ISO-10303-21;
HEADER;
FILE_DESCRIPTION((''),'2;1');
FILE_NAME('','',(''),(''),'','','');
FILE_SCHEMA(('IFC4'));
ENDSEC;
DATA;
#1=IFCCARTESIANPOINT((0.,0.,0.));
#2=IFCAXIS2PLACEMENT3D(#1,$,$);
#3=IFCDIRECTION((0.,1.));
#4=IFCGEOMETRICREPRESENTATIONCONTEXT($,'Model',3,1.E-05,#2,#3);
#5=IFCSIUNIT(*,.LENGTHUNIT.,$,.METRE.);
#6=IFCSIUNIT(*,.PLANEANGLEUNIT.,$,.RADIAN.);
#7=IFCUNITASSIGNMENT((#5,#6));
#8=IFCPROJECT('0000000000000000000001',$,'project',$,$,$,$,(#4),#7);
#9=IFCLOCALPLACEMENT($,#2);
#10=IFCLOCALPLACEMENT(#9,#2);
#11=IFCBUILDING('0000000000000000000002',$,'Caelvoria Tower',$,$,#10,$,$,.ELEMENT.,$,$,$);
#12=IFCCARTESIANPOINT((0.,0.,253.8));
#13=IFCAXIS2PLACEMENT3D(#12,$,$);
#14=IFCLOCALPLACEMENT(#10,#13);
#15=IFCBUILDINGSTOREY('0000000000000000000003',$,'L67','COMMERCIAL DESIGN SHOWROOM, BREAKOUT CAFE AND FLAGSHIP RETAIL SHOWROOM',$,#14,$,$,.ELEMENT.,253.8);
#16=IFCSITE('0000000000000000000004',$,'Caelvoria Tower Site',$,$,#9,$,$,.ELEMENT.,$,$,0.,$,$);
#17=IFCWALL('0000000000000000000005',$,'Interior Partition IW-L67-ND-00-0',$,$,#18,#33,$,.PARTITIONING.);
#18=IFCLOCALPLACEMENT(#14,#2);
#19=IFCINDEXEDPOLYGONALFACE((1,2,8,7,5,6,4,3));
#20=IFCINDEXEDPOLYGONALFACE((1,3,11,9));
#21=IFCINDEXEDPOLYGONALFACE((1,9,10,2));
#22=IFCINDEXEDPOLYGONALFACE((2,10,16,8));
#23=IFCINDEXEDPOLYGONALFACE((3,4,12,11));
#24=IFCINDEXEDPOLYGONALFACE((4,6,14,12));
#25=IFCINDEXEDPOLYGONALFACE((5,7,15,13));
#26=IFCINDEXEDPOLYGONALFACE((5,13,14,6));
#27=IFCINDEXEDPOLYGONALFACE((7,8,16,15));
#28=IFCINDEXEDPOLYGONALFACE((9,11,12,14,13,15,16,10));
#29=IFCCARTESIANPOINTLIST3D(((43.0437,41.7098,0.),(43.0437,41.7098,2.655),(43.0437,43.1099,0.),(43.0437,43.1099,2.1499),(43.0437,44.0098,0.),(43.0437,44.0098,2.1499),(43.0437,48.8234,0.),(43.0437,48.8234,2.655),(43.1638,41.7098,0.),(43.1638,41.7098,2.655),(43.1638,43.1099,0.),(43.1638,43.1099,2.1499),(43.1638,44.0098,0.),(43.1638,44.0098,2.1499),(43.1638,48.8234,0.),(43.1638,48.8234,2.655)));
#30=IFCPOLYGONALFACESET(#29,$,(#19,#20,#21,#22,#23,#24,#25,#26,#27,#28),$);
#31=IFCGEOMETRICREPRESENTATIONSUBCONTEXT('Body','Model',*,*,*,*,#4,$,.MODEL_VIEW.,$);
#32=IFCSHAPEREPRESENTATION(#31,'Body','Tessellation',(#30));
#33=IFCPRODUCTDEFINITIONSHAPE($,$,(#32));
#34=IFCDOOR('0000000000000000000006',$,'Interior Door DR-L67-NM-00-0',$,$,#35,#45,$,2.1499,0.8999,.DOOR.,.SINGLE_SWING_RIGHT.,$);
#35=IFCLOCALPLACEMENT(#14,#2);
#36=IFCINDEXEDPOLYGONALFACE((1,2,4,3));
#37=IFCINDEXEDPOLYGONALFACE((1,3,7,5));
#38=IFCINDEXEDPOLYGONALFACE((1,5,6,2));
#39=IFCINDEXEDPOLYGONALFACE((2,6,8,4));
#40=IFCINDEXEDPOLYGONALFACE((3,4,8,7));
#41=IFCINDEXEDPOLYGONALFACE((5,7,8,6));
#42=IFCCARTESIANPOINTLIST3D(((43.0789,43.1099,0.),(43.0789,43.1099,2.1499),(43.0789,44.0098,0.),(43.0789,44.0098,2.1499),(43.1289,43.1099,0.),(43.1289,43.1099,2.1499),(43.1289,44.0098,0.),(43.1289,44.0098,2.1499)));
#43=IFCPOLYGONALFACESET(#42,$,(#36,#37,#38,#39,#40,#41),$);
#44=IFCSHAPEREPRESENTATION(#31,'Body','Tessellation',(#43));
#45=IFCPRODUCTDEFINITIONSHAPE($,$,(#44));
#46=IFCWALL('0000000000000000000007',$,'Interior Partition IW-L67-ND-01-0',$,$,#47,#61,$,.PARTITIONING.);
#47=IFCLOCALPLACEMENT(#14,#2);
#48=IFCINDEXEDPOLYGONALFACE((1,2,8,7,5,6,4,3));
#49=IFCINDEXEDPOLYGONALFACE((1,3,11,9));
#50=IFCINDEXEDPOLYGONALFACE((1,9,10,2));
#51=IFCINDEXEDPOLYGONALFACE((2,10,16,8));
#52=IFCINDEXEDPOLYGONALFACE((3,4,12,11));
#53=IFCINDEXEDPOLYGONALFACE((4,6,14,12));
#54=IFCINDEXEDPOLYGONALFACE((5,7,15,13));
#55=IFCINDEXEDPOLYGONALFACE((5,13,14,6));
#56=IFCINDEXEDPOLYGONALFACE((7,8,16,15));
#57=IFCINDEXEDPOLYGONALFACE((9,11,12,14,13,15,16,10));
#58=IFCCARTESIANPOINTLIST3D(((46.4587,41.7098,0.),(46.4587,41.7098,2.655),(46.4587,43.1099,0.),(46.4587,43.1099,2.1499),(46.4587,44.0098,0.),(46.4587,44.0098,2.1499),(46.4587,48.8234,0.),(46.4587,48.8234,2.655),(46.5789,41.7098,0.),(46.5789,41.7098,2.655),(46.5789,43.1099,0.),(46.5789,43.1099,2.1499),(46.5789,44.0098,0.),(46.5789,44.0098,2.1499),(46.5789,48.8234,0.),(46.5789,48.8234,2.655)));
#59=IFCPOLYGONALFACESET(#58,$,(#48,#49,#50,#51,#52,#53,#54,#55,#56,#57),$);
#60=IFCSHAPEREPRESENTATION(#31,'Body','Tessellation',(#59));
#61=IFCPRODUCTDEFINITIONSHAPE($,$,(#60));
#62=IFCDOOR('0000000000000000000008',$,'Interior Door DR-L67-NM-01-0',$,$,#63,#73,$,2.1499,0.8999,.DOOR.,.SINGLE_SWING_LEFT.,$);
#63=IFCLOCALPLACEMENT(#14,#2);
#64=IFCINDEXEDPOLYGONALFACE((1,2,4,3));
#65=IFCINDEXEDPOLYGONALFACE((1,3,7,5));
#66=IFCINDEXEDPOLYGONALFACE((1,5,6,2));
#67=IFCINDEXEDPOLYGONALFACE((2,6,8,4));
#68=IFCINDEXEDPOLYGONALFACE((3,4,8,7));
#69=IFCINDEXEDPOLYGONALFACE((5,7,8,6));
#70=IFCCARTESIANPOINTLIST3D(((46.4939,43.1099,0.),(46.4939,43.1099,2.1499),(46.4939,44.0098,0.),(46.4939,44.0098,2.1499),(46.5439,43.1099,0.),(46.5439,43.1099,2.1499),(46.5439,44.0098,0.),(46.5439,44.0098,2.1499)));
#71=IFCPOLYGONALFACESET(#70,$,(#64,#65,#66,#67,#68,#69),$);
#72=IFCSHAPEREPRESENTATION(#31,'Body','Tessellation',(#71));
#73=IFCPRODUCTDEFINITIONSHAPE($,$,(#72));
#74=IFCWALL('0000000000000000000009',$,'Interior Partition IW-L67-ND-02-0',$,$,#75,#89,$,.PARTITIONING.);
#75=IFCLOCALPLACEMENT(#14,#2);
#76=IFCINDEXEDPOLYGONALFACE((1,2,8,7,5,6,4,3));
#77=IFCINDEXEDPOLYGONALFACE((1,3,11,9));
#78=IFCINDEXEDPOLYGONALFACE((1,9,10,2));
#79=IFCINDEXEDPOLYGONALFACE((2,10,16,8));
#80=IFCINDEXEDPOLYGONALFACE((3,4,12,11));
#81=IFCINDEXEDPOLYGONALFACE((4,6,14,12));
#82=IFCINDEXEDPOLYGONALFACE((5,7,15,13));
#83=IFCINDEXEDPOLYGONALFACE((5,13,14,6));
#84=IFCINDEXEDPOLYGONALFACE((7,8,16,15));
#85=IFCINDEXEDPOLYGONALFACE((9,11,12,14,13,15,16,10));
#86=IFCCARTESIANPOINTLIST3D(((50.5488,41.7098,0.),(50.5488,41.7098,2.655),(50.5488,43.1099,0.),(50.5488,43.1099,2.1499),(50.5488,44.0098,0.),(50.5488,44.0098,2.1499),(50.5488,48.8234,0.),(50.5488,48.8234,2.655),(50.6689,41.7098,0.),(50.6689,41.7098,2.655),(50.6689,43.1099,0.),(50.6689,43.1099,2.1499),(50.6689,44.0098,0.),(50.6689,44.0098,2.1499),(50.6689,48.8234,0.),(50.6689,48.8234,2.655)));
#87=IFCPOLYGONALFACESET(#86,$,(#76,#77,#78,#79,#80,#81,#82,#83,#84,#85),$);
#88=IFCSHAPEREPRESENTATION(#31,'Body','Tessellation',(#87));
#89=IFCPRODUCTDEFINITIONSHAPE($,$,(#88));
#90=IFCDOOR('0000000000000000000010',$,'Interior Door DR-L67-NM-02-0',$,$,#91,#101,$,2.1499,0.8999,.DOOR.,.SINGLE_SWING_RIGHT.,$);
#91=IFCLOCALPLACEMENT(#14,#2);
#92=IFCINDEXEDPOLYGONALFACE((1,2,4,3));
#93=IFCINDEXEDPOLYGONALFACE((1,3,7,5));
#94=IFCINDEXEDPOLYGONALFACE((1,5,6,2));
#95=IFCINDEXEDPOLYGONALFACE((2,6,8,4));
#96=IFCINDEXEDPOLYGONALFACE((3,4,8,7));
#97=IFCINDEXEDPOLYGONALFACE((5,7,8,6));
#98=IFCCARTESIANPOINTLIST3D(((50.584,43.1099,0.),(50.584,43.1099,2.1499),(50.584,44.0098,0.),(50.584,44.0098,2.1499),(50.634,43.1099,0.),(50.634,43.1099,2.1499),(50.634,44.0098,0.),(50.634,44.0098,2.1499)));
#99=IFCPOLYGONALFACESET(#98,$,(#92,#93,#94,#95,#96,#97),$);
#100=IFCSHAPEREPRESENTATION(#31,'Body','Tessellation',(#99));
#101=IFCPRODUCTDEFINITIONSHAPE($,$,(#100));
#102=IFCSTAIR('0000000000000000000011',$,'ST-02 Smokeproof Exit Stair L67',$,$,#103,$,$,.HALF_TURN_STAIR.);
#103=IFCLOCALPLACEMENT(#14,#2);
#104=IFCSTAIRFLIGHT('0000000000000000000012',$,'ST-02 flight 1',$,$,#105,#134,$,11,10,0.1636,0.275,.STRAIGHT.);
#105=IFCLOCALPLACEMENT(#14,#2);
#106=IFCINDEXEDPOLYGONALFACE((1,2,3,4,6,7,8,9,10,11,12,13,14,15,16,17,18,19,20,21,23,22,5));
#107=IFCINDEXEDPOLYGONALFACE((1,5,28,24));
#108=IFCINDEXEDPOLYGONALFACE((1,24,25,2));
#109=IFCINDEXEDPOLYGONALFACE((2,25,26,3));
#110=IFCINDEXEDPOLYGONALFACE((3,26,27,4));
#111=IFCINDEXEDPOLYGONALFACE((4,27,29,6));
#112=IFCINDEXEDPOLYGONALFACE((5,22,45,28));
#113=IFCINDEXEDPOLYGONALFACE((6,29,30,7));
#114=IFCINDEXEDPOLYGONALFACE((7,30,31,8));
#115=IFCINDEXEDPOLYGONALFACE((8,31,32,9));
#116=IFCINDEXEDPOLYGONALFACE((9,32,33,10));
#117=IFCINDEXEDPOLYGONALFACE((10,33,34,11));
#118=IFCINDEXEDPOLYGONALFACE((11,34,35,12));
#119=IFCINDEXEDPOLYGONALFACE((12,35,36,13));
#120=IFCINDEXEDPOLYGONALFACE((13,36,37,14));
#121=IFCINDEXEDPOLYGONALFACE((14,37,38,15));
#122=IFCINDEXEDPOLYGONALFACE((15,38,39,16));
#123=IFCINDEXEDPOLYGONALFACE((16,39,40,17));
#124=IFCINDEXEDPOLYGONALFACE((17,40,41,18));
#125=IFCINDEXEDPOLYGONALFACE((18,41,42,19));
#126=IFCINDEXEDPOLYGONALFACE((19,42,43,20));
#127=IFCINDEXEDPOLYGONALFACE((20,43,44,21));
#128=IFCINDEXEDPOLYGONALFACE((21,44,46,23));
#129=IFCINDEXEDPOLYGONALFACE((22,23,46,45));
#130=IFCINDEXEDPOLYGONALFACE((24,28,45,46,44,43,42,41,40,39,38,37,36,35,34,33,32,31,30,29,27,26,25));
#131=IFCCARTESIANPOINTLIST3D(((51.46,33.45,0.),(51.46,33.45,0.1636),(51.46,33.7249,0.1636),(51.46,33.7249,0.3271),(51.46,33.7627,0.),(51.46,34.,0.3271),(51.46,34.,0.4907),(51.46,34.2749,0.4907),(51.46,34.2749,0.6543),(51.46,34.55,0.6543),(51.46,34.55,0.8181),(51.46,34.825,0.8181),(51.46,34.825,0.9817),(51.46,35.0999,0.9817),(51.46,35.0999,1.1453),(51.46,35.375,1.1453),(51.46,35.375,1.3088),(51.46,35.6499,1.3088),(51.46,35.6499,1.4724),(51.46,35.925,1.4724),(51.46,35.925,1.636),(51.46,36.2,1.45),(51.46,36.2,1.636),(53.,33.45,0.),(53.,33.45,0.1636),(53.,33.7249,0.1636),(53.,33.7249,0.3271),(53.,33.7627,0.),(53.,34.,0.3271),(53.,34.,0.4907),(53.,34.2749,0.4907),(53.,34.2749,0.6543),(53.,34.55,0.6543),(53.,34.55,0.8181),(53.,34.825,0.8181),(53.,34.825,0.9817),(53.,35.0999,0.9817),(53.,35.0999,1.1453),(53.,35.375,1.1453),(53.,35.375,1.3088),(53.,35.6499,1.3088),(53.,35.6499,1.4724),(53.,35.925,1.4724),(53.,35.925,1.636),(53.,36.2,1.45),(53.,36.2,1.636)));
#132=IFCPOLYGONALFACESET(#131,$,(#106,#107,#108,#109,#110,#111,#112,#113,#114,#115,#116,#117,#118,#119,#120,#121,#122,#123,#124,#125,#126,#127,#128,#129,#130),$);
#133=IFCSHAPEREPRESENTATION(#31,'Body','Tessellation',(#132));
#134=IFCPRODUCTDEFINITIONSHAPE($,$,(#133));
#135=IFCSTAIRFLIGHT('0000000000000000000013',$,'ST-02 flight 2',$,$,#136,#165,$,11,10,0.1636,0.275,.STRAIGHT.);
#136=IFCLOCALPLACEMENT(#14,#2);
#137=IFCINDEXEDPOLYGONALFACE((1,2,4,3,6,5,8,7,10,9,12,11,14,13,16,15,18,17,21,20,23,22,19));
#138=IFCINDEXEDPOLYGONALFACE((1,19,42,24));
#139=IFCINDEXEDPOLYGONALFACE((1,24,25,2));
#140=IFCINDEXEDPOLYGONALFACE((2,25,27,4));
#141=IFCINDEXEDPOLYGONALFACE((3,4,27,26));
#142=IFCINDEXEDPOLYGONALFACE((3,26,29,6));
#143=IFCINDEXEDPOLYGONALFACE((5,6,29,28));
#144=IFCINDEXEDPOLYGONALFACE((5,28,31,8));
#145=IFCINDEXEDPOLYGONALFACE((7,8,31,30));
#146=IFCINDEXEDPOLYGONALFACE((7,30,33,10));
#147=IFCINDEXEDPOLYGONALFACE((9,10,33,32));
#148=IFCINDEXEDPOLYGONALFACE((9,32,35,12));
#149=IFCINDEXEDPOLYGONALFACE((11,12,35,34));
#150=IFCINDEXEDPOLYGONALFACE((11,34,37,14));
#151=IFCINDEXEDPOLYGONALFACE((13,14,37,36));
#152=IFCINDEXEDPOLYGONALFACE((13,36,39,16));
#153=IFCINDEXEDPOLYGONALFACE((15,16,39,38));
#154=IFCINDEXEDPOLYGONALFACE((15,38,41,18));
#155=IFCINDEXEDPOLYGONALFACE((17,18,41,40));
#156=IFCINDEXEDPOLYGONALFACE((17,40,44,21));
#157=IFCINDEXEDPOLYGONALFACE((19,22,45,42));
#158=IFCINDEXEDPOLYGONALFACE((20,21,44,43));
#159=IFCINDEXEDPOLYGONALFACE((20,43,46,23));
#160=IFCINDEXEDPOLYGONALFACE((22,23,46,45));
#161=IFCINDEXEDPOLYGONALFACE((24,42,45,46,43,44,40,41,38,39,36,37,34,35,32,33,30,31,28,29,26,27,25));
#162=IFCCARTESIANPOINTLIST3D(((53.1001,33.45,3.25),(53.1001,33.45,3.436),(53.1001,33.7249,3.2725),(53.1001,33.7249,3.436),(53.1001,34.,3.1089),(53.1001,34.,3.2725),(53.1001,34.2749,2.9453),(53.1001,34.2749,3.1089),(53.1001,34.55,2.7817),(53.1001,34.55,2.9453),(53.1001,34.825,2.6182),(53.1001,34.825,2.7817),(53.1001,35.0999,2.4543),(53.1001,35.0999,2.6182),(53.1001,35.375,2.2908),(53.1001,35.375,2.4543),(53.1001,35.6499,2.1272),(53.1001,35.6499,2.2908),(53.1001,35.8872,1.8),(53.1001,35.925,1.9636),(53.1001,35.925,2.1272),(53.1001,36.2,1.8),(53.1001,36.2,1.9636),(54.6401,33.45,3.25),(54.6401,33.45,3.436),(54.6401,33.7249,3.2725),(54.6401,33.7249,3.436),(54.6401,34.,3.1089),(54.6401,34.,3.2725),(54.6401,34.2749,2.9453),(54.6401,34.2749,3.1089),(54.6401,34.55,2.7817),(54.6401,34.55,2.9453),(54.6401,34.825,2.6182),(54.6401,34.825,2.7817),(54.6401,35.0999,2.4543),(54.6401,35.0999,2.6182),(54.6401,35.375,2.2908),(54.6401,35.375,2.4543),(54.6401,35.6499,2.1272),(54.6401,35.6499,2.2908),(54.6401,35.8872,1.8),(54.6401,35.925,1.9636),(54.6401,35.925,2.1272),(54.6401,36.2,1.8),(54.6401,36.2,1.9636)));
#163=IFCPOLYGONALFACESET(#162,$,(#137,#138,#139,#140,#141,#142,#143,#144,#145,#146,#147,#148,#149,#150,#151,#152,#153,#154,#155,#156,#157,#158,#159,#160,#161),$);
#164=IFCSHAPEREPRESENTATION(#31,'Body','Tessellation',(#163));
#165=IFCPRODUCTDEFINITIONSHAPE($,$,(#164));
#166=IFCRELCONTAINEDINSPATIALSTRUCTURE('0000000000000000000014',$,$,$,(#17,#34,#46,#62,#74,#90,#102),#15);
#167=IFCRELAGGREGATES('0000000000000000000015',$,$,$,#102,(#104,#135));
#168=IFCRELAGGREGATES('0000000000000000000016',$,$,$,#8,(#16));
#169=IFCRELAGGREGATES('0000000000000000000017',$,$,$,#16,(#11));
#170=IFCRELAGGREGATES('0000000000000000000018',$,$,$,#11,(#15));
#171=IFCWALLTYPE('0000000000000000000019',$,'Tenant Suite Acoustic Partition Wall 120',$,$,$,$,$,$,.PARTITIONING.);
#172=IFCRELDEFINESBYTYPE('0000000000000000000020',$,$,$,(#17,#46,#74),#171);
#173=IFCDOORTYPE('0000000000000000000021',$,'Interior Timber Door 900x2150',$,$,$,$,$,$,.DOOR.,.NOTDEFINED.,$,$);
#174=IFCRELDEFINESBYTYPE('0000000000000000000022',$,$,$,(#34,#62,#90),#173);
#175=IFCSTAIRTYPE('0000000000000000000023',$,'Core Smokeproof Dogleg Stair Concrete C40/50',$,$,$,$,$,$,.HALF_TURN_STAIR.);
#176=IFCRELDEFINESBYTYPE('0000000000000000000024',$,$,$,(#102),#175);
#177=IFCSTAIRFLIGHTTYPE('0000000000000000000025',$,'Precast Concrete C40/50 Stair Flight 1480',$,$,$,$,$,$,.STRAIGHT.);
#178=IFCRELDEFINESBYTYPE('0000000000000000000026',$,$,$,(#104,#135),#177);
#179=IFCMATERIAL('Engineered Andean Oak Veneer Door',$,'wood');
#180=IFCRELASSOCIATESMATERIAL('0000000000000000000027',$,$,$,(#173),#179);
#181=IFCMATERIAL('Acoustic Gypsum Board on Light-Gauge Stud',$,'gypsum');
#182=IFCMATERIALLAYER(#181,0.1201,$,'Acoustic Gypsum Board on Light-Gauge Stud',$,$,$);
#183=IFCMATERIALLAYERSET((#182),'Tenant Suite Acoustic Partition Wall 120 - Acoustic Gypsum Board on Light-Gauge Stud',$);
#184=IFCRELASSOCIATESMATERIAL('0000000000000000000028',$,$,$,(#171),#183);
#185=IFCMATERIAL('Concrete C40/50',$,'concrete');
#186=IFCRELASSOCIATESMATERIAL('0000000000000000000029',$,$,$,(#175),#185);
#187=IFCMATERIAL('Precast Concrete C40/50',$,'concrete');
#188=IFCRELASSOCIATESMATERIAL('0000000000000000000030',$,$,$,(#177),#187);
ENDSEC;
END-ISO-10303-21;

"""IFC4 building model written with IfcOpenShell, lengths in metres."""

from ifc_helpers import new_model, si_unit, direction, frame, frame_2d, origin, place, context, subcontext, project, spatial, polyline, rectangle, outline, extrude, material, layer, layer_set, type_object, element, fill, aggregate, save


model = new_model("IFC4")

# Units and contexts
model_context = context("Model", 3, precision=1e-05, world=origin(), true_north=direction((0.0, 1.0)))
body_context = subcontext(model_context, "Body", "Model", "MODEL_VIEW")
ifc_project = project(units=[si_unit("LENGTHUNIT", "METRE"), si_unit("PLANEANGLEUNIT", "RADIAN")], contexts=[model_context])

# Site, building, storey
site_placement = place(None, origin())
site = spatial("IfcSite", under=ifc_project, at=site_placement, Name="Caelvoria Tower Site", CompositionType="ELEMENT", RefElevation=0.0)
building_placement = place(site_placement, origin())
building = spatial("IfcBuilding", under=site, at=building_placement, Name="Caelvoria Tower", CompositionType="ELEMENT")
storey_placement = place(building_placement, frame((0.0, 0.0, 253.8)))
storey = spatial("IfcBuildingStorey", under=building, at=storey_placement, Name="L67", Description="COMMERCIAL DESIGN SHOWROOM, BREAKOUT CAFE AND FLAGSHIP RETAIL SHOWROOM", CompositionType="ELEMENT", Elevation=253.8)

# Walls, openings, doors
ifc_material_1 = material(Name="Engineered Andean Oak Veneer Door", Category="wood")
door_type = type_object("IfcDoorType", Name="Interior Timber Door 900x2150", OperationType="NOTDEFINED", PredefinedType="DOOR", material=ifc_material_1)
ifc_material_2 = material(Name="Acoustic Gypsum Board on Light-Gauge Stud", Category="gypsum")
ifc_layer_1 = layer(ifc_material_2, 0.1201, Name="Acoustic Gypsum Board on Light-Gauge Stud")
ifc_layer_set_1 = layer_set([ifc_layer_1], Name="Tenant Suite Acoustic Partition Wall 120 - Acoustic Gypsum Board on Light-Gauge Stud")
wall_type_1 = type_object("IfcWallType", Name="Tenant Suite Acoustic Partition Wall 120", PredefinedType="PARTITIONING", material=ifc_layer_set_1)
wall_1_placement = place(storey_placement, frame((43.1038, 41.71, 0.0), z_axis=(0.0, 0.0, 1.0), x_axis=(0.0, 1.0, 0.0)))
wall_1 = element("IfcWall", 1, at=wall_1_placement, inside=storey, type_object=wall_type_1, Name="Interior Partition IW-L67-ND-00-0", PredefinedType="PARTITIONING", context=body_context, shape_type="SweptSolid", body=[
    extrude(rectangle(XDim=7.1135, YDim=0.1201, at=frame_2d((3.5566, 0.0))), origin(), (0.0, 0.0, 1.0), 2.655),
])
opening_1_placement = place(wall_1_placement, frame((1.3999, 0.0, 0.0)))
opening_1 = element("IfcOpeningElement", 2, at=opening_1_placement, cuts=wall_1, PredefinedType="OPENING", context=body_context, shape_type="SweptSolid", body=[
    extrude(rectangle(XDim=0.8999, YDim=2.1499, at=frame_2d((0.45, 1.075))), frame((0.0, 0.0701, 0.0), z_axis=(0.0, -1.0, 0.0), x_axis=(1.0, 0.0, 0.0)), (0.0, 0.0, 1.0), 0.1401),
])
door_1_placement = place(opening_1_placement, origin())
door_1 = element("IfcDoor", 3, at=door_1_placement, inside=storey, type_object=door_type, Name="Interior Door DR-L67-NM-00-0", OperationType="SINGLE_SWING_RIGHT", OverallHeight=2.1499, OverallWidth=0.8999, PredefinedType="DOOR", context=body_context, shape_type="SweptSolid", body=[
    extrude(rectangle(XDim=0.8999, YDim=2.1499, at=frame_2d((0.45, 1.075))), frame((0.0, 0.0249, 0.0), z_axis=(0.0, -1.0, 0.0), x_axis=(1.0, 0.0, 0.0)), (0.0, 0.0, 1.0), 0.05),
])
fill(opening_1, door_1)
wall_2_placement = place(storey_placement, frame((46.5188, 41.71, 0.0), z_axis=(0.0, 0.0, 1.0), x_axis=(0.0, 1.0, 0.0)))
wall_2 = element("IfcWall", 4, at=wall_2_placement, inside=storey, type_object=wall_type_1, Name="Interior Partition IW-L67-ND-01-0", PredefinedType="PARTITIONING", context=body_context, shape_type="SweptSolid", body=[
    extrude(rectangle(XDim=7.1135, YDim=0.1201, at=frame_2d((3.5566, 0.0))), origin(), (0.0, 0.0, 1.0), 2.655),
])
opening_2_placement = place(wall_2_placement, frame((1.3999, 0.0, 0.0)))
opening_2 = element("IfcOpeningElement", 5, at=opening_2_placement, cuts=wall_2, PredefinedType="OPENING", context=body_context, shape_type="SweptSolid", body=[
    extrude(rectangle(XDim=0.8999, YDim=2.1499, at=frame_2d((0.45, 1.075))), frame((0.0, 0.0701, 0.0), z_axis=(0.0, -1.0, 0.0), x_axis=(1.0, 0.0, 0.0)), (0.0, 0.0, 1.0), 0.1401),
])
door_2_placement = place(opening_2_placement, origin())
door_2 = element("IfcDoor", 6, at=door_2_placement, inside=storey, type_object=door_type, Name="Interior Door DR-L67-NM-01-0", OperationType="SINGLE_SWING_LEFT", OverallHeight=2.1499, OverallWidth=0.8999, PredefinedType="DOOR", context=body_context, shape_type="SweptSolid", body=[
    extrude(rectangle(XDim=0.8999, YDim=2.1499, at=frame_2d((0.45, 1.075))), frame((0.0, 0.0249, 0.0), z_axis=(0.0, -1.0, 0.0), x_axis=(1.0, 0.0, 0.0)), (0.0, 0.0, 1.0), 0.05),
])
fill(opening_2, door_2)
wall_3_placement = place(storey_placement, frame((50.6089, 41.71, 0.0), z_axis=(0.0, 0.0, 1.0), x_axis=(0.0, 1.0, 0.0)))
wall_3 = element("IfcWall", 7, at=wall_3_placement, inside=storey, type_object=wall_type_1, Name="Interior Partition IW-L67-ND-02-0", PredefinedType="PARTITIONING", context=body_context, shape_type="SweptSolid", body=[
    extrude(rectangle(XDim=7.1135, YDim=0.1201, at=frame_2d((3.5566, 0.0))), origin(), (0.0, 0.0, 1.0), 2.655),
])
opening_3_placement = place(wall_3_placement, frame((1.3999, 0.0, 0.0)))
opening_3 = element("IfcOpeningElement", 8, at=opening_3_placement, cuts=wall_3, PredefinedType="OPENING", context=body_context, shape_type="SweptSolid", body=[
    extrude(rectangle(XDim=0.8999, YDim=2.1499, at=frame_2d((0.45, 1.075))), frame((0.0, 0.0701, 0.0), z_axis=(0.0, -1.0, 0.0), x_axis=(1.0, 0.0, 0.0)), (0.0, 0.0, 1.0), 0.1401),
])
door_3_placement = place(opening_3_placement, origin())
door_3 = element("IfcDoor", 9, at=door_3_placement, inside=storey, type_object=door_type, Name="Interior Door DR-L67-NM-02-0", OperationType="SINGLE_SWING_RIGHT", OverallHeight=2.1499, OverallWidth=0.8999, PredefinedType="DOOR", context=body_context, shape_type="SweptSolid", body=[
    extrude(rectangle(XDim=0.8999, YDim=2.1499, at=frame_2d((0.45, 1.075))), frame((0.0, 0.0249, 0.0), z_axis=(0.0, -1.0, 0.0), x_axis=(1.0, 0.0, 0.0)), (0.0, 0.0, 1.0), 0.05),
])
fill(opening_3, door_3)

# Stair, stair flights
ifc_material_3 = material(Name="Concrete C40/50", Category="concrete")
stair_type = type_object("IfcStairType", Name="Core Smokeproof Dogleg Stair Concrete C40/50", PredefinedType="HALF_TURN_STAIR", material=ifc_material_3)
stair_placement = place(storey_placement, origin())
stair = element("IfcStair", 10, at=stair_placement, inside=storey, type_object=stair_type, Name="ST-02 Smokeproof Exit Stair L67", PredefinedType="HALF_TURN_STAIR")
ifc_material_4 = material(Name="Precast Concrete C40/50", Category="concrete")
stair_flight_type = type_object("IfcStairFlightType", Name="Precast Concrete C40/50 Stair Flight 1480", PredefinedType="STRAIGHT", material=ifc_material_4)
stair_flight_1_placement = place(storey_placement, frame((52.23, 33.45, 0.0), z_axis=(0.0, 0.0, 1.0), x_axis=(0.0, 1.0, 0.0)))
stair_flight_1 = element("IfcStairFlight", 11, at=stair_flight_1_placement, type_object=stair_flight_type, Name="ST-02 flight 1", NumberOfRisers=11, NumberOfTreads=10, PredefinedType="STRAIGHT", RiserHeight=0.1636, TreadLength=0.275, context=body_context, shape_type="SweptSolid", body=[
    extrude(outline(polyline([(0.0, 0.0), (0.0, 0.1636), (0.2749, 0.1636), (0.2749, 0.3271), (0.55, 0.3271), (0.55, 0.4907), (0.825, 0.4907), (0.825, 0.6543), (1.1001, 0.6543), (1.1001, 0.8181), (1.375, 0.8181), (1.375, 0.9817), (1.6499, 0.9817), (1.6499, 1.1453), (1.925, 1.1453), (1.925, 1.3088), (2.2, 1.3088), (2.2, 1.4724), (2.4751, 1.4724), (2.4751, 1.636), (2.75, 1.636), (2.75, 1.7996), (2.75, 1.45), (0.3127, 0.0), (0.0, 0.0)])), frame((0.0, 0.77, 0.0), z_axis=(0.0, -1.0, 0.0), x_axis=(1.0, 0.0, 0.0)), (0.0, 0.0, 1.0), 1.54),
])
stair_flight_2_placement = place(storey_placement, frame((53.8701, 36.2, 1.8), z_axis=(0.0, 0.0, 1.0), x_axis=(0.0, -1.0, 0.0)))
stair_flight_2 = element("IfcStairFlight", 12, at=stair_flight_2_placement, type_object=stair_flight_type, Name="ST-02 flight 2", NumberOfRisers=11, NumberOfTreads=10, PredefinedType="STRAIGHT", RiserHeight=0.1636, TreadLength=0.275, context=body_context, shape_type="SweptSolid", body=[
    extrude(outline(polyline([(0.0, 0.0), (0.0, 0.1636), (0.2749, 0.1636), (0.2749, 0.3271), (0.55, 0.3271), (0.55, 0.4907), (0.825, 0.4907), (0.825, 0.6543), (1.1001, 0.6543), (1.1001, 0.8181), (1.375, 0.8181), (1.375, 0.9817), (1.6499, 0.9817), (1.6499, 1.1453), (1.925, 1.1453), (1.925, 1.3088), (2.2, 1.3088), (2.2, 1.4724), (2.4751, 1.4724), (2.4751, 1.636), (2.75, 1.636), (2.75, 1.7996), (2.75, 1.45), (0.3127, 0.0), (0.0, 0.0)])), frame((0.0, 0.77, 0.0), z_axis=(0.0, -1.0, 0.0), x_axis=(1.0, 0.0, 0.0)), (0.0, 0.0, 1.0), 1.54),
])
aggregate(stair, [stair_flight_1, stair_flight_2])

save(model, "model.ifc")
